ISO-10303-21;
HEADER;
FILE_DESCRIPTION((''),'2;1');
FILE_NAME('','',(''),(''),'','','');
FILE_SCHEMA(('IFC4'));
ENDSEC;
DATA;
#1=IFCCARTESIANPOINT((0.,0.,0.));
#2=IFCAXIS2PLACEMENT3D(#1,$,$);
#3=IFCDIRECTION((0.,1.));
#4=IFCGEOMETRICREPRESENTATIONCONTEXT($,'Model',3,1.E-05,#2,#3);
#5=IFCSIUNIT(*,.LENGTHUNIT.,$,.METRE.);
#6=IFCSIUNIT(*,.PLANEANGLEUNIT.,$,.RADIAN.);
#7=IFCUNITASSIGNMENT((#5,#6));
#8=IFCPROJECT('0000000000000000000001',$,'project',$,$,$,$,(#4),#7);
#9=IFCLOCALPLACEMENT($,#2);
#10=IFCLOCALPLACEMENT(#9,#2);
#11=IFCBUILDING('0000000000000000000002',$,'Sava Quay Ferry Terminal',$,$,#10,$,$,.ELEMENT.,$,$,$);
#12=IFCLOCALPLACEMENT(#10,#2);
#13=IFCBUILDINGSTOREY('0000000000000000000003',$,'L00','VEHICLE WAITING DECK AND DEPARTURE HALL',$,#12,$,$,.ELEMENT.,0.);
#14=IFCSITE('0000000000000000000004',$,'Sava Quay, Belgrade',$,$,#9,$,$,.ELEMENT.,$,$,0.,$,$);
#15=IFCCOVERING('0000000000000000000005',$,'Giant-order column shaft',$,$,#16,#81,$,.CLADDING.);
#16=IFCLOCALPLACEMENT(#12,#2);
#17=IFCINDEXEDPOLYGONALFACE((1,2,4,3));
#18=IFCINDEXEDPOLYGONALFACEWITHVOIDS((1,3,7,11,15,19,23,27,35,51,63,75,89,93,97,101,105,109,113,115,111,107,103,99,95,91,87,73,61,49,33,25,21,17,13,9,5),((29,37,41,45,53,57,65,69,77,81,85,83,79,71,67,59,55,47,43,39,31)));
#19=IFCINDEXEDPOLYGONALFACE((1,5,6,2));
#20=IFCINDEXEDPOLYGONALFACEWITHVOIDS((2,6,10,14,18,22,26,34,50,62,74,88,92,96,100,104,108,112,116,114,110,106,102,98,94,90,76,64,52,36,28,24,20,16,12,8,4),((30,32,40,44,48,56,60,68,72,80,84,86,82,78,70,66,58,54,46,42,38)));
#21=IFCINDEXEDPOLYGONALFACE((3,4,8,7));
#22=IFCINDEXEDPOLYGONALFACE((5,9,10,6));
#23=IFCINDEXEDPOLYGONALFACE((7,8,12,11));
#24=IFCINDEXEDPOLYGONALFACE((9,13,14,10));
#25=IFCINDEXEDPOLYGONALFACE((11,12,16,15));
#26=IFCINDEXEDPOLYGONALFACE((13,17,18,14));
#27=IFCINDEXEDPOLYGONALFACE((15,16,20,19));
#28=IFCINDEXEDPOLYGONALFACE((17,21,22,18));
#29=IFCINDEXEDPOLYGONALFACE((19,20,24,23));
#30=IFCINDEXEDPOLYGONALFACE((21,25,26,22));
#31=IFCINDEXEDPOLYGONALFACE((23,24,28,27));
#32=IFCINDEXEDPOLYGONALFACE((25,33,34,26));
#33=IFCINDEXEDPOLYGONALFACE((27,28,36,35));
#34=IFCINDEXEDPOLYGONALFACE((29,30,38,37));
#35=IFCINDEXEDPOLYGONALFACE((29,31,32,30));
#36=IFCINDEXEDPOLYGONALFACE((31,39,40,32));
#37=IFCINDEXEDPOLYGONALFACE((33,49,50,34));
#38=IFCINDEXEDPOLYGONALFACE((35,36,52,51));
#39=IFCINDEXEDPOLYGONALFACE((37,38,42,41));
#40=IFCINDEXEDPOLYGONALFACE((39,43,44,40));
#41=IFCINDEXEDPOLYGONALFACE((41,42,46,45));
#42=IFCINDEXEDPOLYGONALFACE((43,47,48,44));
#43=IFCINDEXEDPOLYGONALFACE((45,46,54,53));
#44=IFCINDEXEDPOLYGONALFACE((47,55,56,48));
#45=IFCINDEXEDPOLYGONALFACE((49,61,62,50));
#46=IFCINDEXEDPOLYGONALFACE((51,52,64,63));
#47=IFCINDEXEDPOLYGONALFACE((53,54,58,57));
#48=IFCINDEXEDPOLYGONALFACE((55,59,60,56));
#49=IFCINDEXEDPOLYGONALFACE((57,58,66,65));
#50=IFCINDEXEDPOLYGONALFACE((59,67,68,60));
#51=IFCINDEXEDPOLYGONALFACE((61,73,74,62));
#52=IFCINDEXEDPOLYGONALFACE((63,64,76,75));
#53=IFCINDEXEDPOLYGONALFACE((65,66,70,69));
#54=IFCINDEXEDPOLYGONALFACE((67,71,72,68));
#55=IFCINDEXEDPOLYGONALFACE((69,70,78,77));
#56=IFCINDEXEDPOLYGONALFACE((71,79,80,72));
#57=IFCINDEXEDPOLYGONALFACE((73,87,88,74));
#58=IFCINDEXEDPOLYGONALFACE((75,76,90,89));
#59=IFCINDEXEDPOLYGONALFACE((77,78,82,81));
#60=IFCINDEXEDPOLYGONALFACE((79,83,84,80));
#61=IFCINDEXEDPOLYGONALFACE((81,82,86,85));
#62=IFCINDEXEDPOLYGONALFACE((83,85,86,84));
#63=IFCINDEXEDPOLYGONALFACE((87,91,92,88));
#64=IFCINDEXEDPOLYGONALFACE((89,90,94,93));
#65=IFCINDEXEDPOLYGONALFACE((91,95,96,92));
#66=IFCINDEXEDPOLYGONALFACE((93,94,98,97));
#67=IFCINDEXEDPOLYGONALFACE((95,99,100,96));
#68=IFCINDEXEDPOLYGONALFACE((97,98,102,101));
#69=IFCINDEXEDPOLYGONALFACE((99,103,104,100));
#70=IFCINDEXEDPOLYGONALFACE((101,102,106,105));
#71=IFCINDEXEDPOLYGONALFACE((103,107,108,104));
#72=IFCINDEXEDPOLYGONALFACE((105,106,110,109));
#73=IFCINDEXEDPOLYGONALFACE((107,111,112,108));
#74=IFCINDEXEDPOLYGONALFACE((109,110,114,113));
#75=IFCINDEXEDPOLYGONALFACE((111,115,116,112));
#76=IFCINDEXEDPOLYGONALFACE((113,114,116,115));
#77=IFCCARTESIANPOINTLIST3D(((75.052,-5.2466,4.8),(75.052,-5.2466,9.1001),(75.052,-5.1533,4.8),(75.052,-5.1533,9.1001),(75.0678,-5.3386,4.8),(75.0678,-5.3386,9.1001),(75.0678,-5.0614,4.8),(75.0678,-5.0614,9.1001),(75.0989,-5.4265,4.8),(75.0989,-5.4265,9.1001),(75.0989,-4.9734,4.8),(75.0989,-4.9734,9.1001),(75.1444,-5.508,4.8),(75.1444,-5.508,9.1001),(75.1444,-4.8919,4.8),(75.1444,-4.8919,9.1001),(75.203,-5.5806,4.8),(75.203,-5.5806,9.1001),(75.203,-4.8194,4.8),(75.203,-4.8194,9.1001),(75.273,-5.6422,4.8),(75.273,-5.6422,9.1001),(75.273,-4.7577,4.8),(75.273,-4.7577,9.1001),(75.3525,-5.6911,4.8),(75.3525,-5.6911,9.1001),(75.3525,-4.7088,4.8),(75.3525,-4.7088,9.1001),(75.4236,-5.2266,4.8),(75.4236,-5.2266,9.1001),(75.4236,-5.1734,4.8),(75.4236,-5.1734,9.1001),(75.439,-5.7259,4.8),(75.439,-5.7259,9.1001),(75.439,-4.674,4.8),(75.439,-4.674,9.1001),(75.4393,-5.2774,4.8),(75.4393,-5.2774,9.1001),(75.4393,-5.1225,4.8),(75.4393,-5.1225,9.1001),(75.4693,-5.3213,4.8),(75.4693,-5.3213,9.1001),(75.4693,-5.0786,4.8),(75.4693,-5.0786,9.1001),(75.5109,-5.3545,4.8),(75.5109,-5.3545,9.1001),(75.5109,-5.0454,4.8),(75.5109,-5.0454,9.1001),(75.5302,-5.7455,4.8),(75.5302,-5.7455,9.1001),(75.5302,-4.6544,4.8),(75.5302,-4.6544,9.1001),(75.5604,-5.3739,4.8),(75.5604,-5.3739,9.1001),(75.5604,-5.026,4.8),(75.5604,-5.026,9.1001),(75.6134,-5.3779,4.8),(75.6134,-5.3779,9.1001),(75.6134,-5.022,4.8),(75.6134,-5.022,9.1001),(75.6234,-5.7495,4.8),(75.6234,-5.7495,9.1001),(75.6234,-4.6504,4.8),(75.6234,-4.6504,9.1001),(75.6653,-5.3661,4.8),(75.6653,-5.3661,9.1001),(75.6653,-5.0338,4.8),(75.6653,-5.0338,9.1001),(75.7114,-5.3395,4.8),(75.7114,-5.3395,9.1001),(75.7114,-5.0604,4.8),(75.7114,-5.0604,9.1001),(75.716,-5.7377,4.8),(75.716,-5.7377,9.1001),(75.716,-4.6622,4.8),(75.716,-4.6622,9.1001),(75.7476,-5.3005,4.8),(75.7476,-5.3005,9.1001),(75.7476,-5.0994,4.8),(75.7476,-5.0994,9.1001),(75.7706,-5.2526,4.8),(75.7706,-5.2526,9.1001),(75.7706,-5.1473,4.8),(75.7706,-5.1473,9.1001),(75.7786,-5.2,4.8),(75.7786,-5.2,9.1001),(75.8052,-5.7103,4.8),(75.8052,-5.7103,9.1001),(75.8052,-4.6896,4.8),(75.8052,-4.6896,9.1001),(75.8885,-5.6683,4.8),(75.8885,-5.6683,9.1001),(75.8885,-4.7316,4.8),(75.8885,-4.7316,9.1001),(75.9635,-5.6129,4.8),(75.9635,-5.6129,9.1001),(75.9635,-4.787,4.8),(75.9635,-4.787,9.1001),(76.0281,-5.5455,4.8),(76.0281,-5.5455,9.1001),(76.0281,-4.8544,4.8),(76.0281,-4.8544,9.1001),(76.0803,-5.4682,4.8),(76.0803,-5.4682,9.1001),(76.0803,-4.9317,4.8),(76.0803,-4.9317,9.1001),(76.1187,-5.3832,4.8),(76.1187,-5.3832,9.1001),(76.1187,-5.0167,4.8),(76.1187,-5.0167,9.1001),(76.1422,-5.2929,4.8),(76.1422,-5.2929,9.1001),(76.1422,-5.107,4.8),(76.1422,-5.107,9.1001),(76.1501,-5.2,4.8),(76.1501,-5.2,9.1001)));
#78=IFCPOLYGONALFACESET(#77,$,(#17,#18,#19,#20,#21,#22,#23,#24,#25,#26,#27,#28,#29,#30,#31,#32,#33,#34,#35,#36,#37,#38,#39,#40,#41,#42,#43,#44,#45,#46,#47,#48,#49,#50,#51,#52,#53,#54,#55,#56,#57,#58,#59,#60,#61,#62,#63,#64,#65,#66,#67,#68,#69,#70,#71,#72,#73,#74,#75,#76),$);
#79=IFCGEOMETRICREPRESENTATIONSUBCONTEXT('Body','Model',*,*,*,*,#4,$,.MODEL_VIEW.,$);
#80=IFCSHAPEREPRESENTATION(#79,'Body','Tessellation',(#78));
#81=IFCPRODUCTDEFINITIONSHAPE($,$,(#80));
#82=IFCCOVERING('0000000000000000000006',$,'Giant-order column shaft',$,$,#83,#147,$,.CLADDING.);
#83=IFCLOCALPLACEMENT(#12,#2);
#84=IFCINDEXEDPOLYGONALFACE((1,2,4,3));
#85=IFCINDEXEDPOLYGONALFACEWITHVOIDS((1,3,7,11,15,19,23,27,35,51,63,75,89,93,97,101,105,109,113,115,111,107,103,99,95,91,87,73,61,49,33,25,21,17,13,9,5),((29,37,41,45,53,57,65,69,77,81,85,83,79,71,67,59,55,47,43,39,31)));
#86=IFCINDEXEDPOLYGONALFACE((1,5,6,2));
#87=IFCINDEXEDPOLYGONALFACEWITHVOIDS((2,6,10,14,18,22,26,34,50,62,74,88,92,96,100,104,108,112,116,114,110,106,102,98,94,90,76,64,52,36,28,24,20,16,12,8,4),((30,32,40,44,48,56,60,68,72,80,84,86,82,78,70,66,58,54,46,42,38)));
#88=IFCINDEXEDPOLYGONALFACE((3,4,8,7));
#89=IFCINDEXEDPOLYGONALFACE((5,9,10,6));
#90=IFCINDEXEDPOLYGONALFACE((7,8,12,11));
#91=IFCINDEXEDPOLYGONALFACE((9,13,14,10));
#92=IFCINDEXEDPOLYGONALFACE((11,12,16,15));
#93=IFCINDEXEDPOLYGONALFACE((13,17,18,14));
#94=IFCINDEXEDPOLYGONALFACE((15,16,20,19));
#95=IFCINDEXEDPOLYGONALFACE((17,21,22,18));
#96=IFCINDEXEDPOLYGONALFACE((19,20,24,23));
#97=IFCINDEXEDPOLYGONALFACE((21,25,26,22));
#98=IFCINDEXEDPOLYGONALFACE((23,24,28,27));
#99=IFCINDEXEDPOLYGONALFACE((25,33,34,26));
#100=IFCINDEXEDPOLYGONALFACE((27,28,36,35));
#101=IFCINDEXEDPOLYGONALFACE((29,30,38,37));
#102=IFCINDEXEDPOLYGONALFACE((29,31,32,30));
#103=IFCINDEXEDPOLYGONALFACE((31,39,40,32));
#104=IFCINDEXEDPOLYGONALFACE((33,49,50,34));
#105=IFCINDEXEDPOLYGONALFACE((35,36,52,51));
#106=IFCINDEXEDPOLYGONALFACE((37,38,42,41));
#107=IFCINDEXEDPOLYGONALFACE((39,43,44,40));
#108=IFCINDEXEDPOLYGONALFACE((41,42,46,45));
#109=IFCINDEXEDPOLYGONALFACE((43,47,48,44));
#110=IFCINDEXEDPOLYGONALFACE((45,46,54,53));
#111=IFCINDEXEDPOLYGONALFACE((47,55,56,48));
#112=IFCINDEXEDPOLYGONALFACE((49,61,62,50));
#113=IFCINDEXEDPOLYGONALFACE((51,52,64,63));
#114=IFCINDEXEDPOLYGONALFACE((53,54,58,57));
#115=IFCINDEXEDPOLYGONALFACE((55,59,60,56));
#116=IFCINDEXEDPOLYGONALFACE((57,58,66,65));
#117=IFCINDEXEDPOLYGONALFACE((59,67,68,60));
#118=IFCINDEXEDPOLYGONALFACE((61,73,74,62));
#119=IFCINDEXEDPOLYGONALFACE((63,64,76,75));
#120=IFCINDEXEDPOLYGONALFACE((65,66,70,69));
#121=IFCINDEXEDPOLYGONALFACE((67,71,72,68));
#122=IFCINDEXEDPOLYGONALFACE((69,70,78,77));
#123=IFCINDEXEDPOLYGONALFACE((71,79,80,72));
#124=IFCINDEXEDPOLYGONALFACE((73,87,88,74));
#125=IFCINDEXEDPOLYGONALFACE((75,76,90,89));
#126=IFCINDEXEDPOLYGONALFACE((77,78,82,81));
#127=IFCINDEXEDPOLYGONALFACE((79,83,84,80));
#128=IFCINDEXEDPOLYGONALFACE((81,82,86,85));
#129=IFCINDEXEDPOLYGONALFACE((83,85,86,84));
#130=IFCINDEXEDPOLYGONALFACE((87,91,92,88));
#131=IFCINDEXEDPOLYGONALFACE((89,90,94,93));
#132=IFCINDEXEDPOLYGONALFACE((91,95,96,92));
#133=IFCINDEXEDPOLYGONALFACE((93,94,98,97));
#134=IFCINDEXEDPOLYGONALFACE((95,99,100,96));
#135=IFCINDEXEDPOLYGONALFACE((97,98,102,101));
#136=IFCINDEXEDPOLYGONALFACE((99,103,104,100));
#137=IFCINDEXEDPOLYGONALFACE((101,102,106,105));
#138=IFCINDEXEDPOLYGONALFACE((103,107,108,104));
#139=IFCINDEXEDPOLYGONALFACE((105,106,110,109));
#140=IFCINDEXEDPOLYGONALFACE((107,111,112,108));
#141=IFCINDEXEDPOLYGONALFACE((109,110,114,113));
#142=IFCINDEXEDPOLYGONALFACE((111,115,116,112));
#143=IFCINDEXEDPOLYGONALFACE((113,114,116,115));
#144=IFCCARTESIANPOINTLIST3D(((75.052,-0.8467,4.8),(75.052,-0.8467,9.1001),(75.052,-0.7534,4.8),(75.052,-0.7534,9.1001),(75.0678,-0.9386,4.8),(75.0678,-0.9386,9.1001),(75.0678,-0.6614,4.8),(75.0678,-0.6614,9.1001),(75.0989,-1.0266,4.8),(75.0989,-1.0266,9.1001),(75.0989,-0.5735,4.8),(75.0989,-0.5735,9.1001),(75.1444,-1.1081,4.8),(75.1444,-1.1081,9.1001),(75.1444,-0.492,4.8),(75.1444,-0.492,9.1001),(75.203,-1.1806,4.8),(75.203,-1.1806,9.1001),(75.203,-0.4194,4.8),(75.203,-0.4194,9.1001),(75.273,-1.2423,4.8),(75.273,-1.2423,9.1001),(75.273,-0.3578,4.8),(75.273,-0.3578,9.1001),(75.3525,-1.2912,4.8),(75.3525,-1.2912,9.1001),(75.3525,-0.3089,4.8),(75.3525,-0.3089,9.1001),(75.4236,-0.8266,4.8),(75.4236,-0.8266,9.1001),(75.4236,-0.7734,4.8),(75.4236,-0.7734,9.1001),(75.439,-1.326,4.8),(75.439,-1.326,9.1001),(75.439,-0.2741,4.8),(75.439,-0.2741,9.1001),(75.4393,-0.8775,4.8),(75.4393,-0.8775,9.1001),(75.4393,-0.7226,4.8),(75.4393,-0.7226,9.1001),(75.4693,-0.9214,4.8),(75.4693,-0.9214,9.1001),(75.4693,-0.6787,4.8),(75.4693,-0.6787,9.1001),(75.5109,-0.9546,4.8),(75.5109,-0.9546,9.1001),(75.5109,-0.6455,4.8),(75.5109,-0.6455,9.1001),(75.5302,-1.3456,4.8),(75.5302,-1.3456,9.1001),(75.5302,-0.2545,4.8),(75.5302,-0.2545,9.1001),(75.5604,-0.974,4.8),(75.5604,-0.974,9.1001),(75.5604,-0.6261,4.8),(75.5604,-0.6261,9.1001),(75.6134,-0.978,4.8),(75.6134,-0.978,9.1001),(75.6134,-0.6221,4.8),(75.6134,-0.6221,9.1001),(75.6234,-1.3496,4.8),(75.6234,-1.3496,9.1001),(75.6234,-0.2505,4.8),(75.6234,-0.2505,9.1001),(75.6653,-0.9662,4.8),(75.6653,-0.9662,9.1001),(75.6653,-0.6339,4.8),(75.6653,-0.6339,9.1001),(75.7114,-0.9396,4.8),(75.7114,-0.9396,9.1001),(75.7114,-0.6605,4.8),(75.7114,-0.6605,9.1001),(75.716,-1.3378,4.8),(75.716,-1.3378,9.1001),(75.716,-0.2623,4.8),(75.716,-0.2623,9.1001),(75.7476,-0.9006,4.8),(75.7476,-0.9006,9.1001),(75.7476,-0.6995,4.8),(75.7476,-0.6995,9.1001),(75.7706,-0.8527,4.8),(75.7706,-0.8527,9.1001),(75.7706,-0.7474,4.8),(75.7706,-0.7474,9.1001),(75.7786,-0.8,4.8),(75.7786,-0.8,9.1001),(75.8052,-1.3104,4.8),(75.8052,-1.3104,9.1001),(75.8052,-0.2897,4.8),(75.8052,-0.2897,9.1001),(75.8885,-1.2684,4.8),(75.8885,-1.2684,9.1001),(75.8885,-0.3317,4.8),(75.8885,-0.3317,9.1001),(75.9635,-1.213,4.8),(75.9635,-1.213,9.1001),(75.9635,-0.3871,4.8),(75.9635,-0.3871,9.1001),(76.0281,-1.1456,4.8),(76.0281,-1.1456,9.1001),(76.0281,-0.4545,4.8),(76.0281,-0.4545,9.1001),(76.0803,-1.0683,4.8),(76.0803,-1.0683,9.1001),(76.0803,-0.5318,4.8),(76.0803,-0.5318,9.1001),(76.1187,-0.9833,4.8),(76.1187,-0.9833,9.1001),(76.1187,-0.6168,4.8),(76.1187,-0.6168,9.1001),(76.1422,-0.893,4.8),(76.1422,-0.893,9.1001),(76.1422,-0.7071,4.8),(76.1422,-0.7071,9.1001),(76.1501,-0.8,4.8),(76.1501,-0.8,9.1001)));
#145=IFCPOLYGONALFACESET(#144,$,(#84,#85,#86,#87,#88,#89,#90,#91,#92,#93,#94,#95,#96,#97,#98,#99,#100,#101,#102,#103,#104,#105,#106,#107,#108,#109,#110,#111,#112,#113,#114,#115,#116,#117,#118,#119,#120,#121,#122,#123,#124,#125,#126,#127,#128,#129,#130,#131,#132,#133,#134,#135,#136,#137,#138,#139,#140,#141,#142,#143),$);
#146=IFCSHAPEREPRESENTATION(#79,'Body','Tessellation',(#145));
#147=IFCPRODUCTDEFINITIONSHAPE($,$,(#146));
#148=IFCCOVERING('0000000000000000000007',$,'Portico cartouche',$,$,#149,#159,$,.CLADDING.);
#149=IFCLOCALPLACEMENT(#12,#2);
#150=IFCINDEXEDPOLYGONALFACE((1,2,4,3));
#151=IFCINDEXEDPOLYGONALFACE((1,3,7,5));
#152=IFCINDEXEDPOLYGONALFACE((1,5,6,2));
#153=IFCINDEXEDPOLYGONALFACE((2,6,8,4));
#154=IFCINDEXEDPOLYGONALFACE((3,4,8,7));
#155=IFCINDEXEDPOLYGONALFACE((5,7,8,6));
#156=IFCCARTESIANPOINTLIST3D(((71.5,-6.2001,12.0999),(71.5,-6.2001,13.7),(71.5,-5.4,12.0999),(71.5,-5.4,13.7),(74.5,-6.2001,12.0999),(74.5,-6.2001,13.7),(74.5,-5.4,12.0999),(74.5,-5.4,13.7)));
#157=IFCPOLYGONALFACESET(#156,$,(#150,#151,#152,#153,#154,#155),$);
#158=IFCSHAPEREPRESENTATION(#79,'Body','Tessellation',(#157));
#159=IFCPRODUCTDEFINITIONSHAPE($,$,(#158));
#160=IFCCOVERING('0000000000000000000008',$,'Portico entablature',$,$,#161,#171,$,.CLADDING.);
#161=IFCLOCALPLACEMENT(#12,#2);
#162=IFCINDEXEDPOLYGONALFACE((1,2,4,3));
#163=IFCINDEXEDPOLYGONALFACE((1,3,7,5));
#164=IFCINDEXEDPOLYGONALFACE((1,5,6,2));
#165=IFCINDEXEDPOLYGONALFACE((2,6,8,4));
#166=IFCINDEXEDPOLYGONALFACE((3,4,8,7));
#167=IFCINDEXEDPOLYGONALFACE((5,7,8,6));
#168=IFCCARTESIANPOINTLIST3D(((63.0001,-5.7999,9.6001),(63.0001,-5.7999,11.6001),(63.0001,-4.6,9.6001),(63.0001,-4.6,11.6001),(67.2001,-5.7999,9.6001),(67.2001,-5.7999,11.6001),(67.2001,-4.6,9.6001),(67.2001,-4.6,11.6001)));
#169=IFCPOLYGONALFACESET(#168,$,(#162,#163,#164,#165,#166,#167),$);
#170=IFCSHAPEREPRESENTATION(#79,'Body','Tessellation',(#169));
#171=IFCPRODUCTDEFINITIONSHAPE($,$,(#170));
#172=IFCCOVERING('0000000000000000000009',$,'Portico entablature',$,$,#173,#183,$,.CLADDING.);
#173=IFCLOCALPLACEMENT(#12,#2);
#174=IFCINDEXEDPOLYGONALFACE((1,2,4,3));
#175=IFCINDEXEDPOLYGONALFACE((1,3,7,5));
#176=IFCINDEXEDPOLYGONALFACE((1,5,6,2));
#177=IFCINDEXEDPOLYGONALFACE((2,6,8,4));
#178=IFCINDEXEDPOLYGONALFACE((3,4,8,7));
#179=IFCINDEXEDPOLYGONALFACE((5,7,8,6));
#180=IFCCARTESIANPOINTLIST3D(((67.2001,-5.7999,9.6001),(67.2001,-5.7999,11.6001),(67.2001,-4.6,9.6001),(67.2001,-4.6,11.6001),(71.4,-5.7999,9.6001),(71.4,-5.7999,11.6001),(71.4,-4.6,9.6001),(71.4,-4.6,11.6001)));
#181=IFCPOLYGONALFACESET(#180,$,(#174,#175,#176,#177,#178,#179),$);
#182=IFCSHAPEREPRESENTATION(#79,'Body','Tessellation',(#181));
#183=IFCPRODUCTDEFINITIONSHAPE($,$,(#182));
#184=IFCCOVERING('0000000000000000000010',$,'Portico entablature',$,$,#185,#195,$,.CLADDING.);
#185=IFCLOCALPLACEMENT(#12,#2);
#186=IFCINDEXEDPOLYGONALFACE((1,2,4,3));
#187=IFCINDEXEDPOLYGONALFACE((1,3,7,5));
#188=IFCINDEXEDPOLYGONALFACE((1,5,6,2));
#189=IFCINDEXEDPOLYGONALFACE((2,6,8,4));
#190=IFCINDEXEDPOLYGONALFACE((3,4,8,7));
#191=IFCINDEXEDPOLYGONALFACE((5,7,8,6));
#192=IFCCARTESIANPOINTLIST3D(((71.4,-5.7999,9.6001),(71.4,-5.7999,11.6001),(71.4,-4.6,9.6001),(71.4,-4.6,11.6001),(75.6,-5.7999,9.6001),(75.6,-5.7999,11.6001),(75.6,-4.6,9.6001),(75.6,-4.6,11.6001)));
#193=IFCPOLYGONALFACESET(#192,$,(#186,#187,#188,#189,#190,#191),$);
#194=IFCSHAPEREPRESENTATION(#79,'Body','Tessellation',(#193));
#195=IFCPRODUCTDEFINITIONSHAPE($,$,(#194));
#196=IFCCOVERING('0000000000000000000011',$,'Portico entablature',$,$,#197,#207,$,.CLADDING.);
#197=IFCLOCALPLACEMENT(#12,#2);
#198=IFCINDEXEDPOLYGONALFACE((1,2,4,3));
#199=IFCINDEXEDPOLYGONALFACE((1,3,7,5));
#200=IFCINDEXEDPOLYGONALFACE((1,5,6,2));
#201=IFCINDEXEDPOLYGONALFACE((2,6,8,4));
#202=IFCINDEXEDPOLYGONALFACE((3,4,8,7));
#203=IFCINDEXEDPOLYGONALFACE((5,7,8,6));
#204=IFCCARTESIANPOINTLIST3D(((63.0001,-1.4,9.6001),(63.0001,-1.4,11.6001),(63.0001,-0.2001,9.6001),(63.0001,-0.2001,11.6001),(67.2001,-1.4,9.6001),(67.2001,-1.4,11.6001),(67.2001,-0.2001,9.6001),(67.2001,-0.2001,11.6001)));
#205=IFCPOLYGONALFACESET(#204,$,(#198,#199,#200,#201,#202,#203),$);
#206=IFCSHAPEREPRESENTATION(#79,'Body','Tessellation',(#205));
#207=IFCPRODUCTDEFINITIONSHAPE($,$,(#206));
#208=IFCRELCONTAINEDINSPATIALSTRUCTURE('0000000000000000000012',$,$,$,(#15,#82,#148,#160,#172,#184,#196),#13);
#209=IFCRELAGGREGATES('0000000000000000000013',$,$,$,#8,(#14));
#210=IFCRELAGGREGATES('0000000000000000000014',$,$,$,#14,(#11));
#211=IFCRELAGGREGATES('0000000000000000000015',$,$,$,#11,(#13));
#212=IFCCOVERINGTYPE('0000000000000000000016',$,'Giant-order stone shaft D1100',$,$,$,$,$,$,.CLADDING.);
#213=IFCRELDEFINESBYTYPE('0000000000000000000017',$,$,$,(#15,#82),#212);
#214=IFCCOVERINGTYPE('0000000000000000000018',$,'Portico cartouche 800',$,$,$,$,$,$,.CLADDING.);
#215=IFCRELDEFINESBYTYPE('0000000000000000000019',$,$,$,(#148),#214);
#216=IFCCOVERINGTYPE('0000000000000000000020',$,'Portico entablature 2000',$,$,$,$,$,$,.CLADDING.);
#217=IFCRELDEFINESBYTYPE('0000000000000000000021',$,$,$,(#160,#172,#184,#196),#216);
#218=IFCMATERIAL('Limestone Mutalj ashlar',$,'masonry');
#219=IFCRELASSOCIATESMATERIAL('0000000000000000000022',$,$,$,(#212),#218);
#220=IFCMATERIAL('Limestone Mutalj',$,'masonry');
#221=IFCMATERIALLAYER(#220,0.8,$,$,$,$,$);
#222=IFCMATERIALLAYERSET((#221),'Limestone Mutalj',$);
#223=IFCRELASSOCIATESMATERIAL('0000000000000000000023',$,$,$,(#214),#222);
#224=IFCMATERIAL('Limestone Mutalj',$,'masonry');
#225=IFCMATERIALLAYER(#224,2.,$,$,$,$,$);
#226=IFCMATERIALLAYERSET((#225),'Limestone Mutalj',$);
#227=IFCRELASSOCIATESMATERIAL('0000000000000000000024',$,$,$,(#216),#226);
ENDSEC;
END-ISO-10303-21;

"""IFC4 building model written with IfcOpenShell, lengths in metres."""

from ifc_helpers import new_model, si_unit, direction, frame, origin, origin_2d, place, context, subcontext, project, spatial, rectangle, hollow_circle, extrude, material, layer, layer_set, material_profile, profile_set, type_object, element, save


model = new_model("IFC4")

# Units and contexts
model_context = context("Model", 3, precision=1e-05, world=origin(), true_north=direction((0.0, 1.0)))
body_context = subcontext(model_context, "Body", "Model", "MODEL_VIEW")
ifc_project = project(units=[si_unit("LENGTHUNIT", "METRE"), si_unit("PLANEANGLEUNIT", "RADIAN")], contexts=[model_context])

# Site, building, storey
site_placement = place(None, origin())
site = spatial("IfcSite", under=ifc_project, at=site_placement, Name="Sava Quay, Belgrade", CompositionType="ELEMENT", RefElevation=0.0)
building_placement = place(site_placement, origin())
building = spatial("IfcBuilding", under=site, at=building_placement, Name="Sava Quay Ferry Terminal", CompositionType="ELEMENT")
storey_placement = place(building_placement, origin())
storey = spatial("IfcBuildingStorey", under=building, at=storey_placement, Name="L00", Description="VEHICLE WAITING DECK AND DEPARTURE HALL", CompositionType="ELEMENT", Elevation=0.0)

# Coverings
ifc_material_1 = material(Name="Limestone Mutalj ashlar", Category="masonry")
ifc_material_profile = material_profile(ifc_material_1, hollow_circle(Radius=0.55, WallThickness=0.3716, at=origin_2d()), Name="Stone shaft D1100")
ifc_profile_set = profile_set([ifc_material_profile], Name="Limestone Mutalj ashlar")
covering_type_1 = type_object("IfcCoveringType", Name="Giant-order stone shaft D1100", PredefinedType="CLADDING", material=ifc_profile_set)
for number, where, z_axis, x_axis, name in (
    (1, (75.6001, -5.2, 4.8), (0.0, 0.0, 1.0), (1.0, 0.0, 0.0), "Giant-order column shaft"),
    (2, (75.6001, -0.8, 4.8), (0.0, 0.0, 1.0), (1.0, 0.0, 0.0), "Giant-order column shaft"),
):
    element("IfcCovering", number, at=place(storey_placement, frame(where, z_axis=z_axis, x_axis=x_axis)), inside=storey, type_object=covering_type_1, Name=name, PredefinedType="CLADDING", context=body_context, shape_type="SweptSolid", body=[
        extrude(hollow_circle(Radius=0.55, WallThickness=0.3716, at=origin_2d()), origin(), (0.0, 0.0, 1.0), 4.3),
    ])
ifc_material_2 = material(Name="Limestone Mutalj", Category="masonry")
ifc_layer_1 = layer(ifc_material_2, 0.8)
ifc_layer_set_1 = layer_set([ifc_layer_1], Name="Limestone Mutalj")
covering_type_2 = type_object("IfcCoveringType", Name="Portico cartouche 800", PredefinedType="CLADDING", material=ifc_layer_set_1)
covering_1_placement = place(storey_placement, frame((73.0, -5.8, 12.0999), z_axis=(0.0, 0.0, 1.0), x_axis=(1.0, 0.0, 0.0)))
element("IfcCovering", 3, at=covering_1_placement, inside=storey, type_object=covering_type_2, Name="Portico cartouche", PredefinedType="CLADDING", context=body_context, shape_type="SweptSolid", body=[
    extrude(rectangle(XDim=3.0, YDim=0.8, at=origin_2d()), origin(), (0.0, 0.0, 1.0), 1.6001),
])
ifc_material_3 = material(Name="Limestone Mutalj", Category="masonry")
ifc_layer_2 = layer(ifc_material_3, 2.0)
ifc_layer_set_2 = layer_set([ifc_layer_2], Name="Limestone Mutalj")
covering_type_3 = type_object("IfcCoveringType", Name="Portico entablature 2000", PredefinedType="CLADDING", material=ifc_layer_set_2)
for number, where, z_axis, x_axis, name in (
    (4, (65.1001, -5.2, 9.6001), (0.0, 0.0, 1.0), (1.0, 0.0, 0.0), "Portico entablature"),
    (5, (69.3, -5.2, 9.6001), (0.0, 0.0, 1.0), (1.0, 0.0, 0.0), "Portico entablature"),
    (6, (73.5, -5.2, 9.6001), (0.0, 0.0, 1.0), (1.0, 0.0, 0.0), "Portico entablature"),
    (7, (65.1001, -0.8, 9.6001), (0.0, 0.0, 1.0), (1.0, 0.0, 0.0), "Portico entablature"),
):
    element("IfcCovering", number, at=place(storey_placement, frame(where, z_axis=z_axis, x_axis=x_axis)), inside=storey, type_object=covering_type_3, Name=name, PredefinedType="CLADDING", context=body_context, shape_type="SweptSolid", body=[
        extrude(rectangle(XDim=4.2, YDim=1.2, at=origin_2d()), origin(), (0.0, 0.0, 1.0), 2.0),
    ])

save(model, "model.ifc")
